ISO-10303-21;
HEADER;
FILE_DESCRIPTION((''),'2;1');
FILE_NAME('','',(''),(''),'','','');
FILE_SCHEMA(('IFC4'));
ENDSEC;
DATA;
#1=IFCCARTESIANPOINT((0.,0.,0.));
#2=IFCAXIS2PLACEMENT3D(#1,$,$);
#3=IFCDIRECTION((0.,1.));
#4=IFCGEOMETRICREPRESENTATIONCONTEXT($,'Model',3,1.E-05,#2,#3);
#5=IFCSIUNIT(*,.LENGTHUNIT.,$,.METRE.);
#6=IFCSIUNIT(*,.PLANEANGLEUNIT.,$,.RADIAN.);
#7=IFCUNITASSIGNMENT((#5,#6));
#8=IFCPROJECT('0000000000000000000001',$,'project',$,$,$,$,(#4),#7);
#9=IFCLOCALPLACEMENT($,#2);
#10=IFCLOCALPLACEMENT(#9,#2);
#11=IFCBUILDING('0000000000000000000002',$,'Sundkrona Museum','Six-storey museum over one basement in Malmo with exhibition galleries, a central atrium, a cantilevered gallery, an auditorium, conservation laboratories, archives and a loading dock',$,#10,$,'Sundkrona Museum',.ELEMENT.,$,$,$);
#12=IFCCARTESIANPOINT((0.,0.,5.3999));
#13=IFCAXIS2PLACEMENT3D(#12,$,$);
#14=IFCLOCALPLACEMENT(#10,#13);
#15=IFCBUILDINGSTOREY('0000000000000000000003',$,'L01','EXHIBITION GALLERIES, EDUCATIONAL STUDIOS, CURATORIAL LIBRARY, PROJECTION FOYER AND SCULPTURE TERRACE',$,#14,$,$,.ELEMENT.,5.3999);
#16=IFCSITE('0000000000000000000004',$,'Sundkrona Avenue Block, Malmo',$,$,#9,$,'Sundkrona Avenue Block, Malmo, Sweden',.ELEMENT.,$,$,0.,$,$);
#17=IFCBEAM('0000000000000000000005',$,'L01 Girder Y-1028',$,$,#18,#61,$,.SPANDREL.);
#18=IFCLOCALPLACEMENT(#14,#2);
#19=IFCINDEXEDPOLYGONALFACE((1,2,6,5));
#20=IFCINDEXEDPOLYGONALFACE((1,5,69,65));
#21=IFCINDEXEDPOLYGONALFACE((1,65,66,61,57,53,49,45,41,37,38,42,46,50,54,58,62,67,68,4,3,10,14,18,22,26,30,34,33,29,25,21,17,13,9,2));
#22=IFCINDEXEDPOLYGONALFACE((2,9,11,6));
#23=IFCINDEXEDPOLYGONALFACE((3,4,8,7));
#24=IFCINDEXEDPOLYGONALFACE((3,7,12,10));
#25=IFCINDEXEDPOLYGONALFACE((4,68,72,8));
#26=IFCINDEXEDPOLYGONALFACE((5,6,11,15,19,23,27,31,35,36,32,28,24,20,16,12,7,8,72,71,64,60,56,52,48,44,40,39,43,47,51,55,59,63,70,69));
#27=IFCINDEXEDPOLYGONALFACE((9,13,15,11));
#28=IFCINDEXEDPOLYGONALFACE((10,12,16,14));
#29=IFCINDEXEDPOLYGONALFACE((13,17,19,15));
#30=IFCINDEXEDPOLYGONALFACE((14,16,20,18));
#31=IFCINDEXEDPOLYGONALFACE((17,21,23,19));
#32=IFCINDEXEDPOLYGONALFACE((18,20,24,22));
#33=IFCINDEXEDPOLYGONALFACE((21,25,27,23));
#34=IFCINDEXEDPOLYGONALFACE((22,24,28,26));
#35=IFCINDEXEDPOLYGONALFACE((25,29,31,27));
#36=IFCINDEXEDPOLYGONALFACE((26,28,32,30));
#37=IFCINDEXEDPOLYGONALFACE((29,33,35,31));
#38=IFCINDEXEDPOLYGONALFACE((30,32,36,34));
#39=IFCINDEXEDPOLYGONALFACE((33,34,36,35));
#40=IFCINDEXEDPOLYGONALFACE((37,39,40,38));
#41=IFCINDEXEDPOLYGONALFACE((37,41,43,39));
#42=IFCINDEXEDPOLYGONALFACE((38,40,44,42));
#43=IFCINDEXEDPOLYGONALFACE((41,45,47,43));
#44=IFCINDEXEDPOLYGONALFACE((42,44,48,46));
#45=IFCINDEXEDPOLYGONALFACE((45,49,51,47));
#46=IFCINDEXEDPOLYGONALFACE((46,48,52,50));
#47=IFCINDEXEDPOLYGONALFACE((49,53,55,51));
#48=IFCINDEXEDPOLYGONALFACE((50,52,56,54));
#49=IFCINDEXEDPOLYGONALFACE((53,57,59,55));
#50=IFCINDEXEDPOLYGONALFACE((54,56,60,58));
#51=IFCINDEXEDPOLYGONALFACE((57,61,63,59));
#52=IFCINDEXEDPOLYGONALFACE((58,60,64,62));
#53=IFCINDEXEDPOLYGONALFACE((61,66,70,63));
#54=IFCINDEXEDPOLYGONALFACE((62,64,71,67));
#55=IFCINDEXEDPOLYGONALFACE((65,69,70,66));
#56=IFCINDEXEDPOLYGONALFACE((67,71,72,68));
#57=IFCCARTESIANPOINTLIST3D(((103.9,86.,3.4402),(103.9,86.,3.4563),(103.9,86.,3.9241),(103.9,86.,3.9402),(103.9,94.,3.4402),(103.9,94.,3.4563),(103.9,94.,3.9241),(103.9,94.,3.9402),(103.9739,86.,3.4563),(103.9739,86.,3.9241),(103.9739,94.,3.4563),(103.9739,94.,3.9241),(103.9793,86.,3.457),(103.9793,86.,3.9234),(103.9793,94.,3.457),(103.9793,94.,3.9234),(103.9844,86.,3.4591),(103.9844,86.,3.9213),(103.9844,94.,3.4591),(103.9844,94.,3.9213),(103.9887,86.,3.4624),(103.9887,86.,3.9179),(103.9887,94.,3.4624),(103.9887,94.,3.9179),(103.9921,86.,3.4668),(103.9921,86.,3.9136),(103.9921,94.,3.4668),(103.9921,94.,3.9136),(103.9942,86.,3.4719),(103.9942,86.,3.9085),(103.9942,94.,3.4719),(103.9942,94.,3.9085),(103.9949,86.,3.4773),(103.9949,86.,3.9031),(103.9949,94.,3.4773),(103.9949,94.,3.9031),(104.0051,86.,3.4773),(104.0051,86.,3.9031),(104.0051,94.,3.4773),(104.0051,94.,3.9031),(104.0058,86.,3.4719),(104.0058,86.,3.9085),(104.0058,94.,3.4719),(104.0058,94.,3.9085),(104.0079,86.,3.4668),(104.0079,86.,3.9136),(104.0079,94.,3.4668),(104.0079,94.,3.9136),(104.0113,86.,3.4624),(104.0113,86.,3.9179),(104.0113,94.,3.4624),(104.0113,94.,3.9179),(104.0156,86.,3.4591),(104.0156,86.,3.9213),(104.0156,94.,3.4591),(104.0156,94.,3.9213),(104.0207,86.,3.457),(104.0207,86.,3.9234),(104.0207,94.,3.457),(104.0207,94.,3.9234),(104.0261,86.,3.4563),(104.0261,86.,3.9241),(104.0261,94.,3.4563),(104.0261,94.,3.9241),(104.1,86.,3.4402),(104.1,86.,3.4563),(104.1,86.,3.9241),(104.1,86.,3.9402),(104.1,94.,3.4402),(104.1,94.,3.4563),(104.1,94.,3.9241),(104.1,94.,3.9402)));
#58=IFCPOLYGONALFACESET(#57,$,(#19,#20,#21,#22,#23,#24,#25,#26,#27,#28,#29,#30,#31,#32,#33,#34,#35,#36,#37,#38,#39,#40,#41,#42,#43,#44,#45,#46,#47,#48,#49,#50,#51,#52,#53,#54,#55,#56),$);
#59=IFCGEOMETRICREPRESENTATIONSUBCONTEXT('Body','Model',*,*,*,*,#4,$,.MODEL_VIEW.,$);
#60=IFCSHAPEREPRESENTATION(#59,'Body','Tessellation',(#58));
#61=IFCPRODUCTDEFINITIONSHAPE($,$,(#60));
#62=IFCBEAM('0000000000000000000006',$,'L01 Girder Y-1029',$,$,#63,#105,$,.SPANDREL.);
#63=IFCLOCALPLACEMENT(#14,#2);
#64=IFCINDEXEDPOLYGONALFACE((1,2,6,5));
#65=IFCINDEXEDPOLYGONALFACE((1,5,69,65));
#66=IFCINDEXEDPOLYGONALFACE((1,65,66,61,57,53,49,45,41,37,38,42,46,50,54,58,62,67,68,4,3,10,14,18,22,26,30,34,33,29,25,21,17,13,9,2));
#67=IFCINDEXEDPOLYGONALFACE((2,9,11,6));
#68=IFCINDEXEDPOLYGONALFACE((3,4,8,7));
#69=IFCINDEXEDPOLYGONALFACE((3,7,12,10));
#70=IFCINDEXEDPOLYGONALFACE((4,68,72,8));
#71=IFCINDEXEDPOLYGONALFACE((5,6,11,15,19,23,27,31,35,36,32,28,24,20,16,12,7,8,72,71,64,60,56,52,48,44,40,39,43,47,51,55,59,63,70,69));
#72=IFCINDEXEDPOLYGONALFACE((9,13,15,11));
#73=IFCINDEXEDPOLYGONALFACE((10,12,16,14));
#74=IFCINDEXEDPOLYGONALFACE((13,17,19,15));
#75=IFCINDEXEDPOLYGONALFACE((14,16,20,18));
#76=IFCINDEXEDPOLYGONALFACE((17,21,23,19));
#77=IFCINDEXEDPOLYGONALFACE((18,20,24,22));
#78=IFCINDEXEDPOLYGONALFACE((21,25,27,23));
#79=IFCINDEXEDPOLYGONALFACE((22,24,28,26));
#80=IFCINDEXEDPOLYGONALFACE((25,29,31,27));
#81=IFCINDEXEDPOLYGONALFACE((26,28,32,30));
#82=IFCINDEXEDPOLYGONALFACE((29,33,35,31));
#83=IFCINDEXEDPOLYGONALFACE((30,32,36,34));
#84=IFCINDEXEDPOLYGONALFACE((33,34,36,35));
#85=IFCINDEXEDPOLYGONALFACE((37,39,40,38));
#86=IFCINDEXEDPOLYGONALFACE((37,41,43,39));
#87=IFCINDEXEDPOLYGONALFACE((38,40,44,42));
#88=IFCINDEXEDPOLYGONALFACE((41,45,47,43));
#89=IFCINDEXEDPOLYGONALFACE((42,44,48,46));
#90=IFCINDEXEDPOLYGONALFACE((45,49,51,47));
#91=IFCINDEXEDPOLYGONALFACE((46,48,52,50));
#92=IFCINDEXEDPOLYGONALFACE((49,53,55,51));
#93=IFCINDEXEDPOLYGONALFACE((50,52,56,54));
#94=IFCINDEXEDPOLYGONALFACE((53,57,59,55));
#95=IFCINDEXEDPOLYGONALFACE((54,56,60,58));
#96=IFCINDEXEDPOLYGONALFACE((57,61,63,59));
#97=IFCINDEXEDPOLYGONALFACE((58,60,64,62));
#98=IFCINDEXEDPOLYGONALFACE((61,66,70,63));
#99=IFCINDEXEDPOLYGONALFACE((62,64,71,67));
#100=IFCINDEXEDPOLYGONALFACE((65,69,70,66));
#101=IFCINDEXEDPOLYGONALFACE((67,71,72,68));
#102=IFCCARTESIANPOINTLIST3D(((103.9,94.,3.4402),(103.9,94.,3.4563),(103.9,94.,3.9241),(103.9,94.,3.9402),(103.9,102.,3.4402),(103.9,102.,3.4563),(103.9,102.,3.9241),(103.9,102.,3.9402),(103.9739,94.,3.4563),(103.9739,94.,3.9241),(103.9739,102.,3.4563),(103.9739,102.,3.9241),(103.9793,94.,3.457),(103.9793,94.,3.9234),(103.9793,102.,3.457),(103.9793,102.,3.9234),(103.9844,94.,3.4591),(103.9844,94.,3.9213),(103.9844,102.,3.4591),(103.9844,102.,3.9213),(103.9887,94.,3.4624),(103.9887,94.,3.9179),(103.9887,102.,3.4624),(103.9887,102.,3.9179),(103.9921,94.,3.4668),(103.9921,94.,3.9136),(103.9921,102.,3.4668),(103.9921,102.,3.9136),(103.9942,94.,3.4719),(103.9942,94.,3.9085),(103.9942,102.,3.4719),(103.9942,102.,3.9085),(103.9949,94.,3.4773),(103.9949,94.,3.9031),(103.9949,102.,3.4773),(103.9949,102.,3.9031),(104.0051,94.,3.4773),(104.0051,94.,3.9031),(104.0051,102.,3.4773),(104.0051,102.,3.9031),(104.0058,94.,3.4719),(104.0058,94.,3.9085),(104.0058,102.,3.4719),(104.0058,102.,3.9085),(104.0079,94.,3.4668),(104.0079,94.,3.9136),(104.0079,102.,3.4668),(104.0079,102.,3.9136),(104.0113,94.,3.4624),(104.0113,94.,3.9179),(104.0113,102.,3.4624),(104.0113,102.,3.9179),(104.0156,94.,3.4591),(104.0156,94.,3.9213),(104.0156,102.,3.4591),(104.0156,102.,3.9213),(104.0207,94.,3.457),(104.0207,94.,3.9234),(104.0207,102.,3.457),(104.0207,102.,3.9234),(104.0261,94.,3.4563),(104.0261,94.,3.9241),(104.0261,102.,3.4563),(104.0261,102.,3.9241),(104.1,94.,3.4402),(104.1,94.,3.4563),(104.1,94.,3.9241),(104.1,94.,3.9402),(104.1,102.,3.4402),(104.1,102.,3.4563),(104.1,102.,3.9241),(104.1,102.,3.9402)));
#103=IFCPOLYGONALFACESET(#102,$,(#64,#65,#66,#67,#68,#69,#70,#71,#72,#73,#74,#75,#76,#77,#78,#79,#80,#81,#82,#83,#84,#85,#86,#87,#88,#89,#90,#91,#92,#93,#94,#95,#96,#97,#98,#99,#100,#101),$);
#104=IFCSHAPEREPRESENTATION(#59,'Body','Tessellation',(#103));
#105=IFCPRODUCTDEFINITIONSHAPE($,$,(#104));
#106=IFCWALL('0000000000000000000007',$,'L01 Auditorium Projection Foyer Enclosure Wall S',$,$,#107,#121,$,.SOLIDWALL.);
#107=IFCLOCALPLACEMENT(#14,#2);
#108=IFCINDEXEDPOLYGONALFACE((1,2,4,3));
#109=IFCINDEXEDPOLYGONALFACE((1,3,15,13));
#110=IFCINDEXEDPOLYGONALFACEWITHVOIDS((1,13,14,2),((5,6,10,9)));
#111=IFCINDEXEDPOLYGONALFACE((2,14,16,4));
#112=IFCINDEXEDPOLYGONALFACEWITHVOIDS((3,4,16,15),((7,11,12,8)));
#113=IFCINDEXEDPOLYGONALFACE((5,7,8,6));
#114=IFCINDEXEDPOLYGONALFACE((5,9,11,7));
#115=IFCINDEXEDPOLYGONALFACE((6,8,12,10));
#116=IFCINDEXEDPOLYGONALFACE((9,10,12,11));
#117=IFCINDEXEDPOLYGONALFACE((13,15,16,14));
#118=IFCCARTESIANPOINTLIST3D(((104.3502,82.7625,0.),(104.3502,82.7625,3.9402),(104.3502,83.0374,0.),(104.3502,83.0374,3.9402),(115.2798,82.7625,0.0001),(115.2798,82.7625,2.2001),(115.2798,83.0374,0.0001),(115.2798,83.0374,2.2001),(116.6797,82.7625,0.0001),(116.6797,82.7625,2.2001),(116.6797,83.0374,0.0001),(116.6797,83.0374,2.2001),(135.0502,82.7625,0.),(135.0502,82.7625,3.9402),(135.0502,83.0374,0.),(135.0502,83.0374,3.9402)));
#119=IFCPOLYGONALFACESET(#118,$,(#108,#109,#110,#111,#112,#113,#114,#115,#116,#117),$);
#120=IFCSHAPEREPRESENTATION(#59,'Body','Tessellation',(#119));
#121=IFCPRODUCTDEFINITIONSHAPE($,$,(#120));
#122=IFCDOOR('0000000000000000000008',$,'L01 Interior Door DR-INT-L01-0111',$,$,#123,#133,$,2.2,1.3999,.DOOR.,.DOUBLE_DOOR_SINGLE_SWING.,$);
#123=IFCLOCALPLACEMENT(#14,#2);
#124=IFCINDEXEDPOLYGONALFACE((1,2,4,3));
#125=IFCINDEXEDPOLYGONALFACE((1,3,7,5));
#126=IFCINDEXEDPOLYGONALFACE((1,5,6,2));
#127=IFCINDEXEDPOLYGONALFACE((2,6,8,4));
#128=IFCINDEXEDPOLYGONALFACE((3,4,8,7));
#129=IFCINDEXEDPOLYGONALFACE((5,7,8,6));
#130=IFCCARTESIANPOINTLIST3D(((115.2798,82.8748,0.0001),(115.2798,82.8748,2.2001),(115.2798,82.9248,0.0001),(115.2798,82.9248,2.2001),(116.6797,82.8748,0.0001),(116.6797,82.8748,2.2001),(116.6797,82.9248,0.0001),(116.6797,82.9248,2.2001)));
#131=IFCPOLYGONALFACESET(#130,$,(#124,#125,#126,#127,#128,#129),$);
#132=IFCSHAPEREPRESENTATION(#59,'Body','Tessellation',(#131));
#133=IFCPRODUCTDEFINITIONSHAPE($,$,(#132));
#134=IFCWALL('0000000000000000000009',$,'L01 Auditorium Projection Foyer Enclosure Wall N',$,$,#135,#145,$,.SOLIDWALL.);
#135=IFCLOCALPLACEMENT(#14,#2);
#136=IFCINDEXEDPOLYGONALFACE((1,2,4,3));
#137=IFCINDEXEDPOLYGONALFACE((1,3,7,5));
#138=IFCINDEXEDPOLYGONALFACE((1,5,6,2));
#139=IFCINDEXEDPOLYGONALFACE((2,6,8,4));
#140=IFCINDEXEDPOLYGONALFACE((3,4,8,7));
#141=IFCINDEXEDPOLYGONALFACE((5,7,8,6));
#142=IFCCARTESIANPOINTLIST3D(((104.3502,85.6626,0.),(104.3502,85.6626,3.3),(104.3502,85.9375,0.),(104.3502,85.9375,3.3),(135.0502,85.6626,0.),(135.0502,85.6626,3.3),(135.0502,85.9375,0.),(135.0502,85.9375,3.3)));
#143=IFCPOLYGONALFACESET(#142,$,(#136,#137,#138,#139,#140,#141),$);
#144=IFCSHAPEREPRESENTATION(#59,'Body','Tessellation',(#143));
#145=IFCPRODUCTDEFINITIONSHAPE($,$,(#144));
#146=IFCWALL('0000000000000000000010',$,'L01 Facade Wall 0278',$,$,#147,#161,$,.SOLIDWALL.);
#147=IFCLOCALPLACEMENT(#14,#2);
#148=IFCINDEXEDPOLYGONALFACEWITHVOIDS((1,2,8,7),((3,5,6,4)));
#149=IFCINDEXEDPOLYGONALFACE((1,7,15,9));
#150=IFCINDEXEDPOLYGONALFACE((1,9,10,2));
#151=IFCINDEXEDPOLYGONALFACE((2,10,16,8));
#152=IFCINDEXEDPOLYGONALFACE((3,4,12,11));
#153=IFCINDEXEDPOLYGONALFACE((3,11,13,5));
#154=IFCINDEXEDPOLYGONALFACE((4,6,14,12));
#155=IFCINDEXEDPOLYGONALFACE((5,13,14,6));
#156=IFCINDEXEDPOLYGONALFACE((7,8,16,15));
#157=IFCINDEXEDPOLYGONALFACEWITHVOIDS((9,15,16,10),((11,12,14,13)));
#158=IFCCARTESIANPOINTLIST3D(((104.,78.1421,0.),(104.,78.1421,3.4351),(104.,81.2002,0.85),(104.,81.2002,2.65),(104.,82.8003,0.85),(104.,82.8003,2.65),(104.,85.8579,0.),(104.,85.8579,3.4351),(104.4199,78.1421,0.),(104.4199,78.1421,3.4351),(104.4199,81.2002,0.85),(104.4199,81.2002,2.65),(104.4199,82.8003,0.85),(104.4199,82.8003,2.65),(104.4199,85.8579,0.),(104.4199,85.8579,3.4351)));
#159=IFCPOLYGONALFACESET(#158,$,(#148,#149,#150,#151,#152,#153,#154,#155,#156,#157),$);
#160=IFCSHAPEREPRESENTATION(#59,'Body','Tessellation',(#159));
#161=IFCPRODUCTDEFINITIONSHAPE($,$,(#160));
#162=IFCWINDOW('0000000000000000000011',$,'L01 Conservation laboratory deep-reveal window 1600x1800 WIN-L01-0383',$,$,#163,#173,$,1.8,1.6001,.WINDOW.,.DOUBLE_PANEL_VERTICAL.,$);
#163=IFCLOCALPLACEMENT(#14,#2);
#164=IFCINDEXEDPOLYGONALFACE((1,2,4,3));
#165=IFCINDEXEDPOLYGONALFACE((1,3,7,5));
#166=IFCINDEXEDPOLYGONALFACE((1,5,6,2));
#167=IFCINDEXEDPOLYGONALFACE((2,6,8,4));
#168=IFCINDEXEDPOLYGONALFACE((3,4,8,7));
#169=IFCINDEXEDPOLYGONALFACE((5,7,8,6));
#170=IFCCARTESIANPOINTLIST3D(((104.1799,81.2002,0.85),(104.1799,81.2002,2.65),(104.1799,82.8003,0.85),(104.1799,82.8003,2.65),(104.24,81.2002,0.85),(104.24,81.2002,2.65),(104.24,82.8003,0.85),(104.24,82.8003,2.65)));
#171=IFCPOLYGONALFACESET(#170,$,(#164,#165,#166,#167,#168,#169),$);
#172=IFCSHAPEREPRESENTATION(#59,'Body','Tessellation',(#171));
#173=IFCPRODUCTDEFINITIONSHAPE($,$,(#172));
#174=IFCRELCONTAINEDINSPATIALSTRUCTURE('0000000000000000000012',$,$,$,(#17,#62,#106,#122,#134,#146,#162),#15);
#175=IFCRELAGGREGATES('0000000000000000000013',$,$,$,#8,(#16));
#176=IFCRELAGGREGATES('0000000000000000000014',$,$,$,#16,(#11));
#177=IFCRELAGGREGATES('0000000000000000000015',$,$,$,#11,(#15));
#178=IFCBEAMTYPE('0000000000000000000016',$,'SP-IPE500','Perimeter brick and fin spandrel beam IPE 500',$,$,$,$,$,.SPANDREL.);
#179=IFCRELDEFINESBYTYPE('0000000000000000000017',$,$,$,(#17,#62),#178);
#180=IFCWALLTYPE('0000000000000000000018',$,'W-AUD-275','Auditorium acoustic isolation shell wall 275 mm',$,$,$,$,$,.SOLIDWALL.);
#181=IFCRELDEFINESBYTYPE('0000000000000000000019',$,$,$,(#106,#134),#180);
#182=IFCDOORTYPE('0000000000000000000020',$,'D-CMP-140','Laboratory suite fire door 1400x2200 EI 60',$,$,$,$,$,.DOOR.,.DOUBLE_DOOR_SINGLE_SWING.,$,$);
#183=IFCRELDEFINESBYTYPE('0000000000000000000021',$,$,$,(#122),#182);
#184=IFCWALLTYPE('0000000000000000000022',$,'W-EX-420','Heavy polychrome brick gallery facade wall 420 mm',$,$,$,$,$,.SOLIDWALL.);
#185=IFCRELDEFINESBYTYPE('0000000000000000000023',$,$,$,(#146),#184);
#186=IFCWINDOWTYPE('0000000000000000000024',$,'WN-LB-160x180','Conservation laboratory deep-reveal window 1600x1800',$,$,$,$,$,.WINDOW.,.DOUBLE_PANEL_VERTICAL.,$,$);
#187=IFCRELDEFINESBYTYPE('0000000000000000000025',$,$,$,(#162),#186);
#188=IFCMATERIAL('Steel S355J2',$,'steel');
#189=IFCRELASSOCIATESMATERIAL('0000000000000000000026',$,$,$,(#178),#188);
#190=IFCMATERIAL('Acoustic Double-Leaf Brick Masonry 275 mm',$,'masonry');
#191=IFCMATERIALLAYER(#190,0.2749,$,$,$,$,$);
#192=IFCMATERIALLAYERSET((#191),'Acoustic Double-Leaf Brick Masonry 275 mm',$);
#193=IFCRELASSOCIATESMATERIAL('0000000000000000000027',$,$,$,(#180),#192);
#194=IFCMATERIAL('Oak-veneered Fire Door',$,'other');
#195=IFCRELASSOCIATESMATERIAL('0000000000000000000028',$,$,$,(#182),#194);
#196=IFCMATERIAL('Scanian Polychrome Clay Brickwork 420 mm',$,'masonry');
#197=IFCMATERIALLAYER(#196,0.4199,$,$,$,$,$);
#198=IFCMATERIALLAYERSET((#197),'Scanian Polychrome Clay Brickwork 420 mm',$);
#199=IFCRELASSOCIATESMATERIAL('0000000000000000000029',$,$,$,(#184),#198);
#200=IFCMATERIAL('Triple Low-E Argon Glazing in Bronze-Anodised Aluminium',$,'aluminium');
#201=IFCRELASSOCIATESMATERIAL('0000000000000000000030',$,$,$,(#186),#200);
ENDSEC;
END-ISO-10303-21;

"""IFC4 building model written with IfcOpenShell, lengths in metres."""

from ifc_helpers import new_model, si_unit, direction, frame, frame_2d, origin, origin_2d, place, context, subcontext, project, spatial, rectangle, i_section, extrude, material, layer, layer_set, material_profile, profile_set, type_object, element, fill, save


model = new_model("IFC4")

# Units and contexts
model_context = context("Model", 3, precision=1e-05, world=origin(), true_north=direction((0.0, 1.0)))
body_context = subcontext(model_context, "Body", "Model", "MODEL_VIEW")
ifc_project = project(units=[si_unit("LENGTHUNIT", "METRE"), si_unit("PLANEANGLEUNIT", "RADIAN")], contexts=[model_context])

# Site, building, storey
site_placement = place(None, origin())
site = spatial("IfcSite", under=ifc_project, at=site_placement, Name="Sundkrona Avenue Block, Malmo", LongName="Sundkrona Avenue Block, Malmo, Sweden", CompositionType="ELEMENT", RefElevation=0.0)
building_placement = place(site_placement, origin())
building = spatial("IfcBuilding", under=site, at=building_placement, Name="Sundkrona Museum", Description="Six-storey museum over one basement in Malmo with exhibition galleries, a central atrium, a cantilevered gallery, an auditorium, conservation laboratories, archives and a loading dock", LongName="Sundkrona Museum", CompositionType="ELEMENT")
storey_placement = place(building_placement, frame((0.0, 0.0, 5.3999)))
storey = spatial("IfcBuildingStorey", under=building, at=storey_placement, Name="L01", Description="EXHIBITION GALLERIES, EDUCATIONAL STUDIOS, CURATORIAL LIBRARY, PROJECTION FOYER AND SCULPTURE TERRACE", CompositionType="ELEMENT", Elevation=5.3999)

# Shared definitions
ifc_material_1 = material(Name="Steel S355J2", Category="steel")

# Beams
ifc_material_profile_1 = material_profile(ifc_material_1, i_section(OverallWidth=0.2, OverallDepth=0.5, WebThickness=0.0103, FlangeThickness=0.0161, FilletRadius=0.021, at=origin_2d()), Name="IPE 500")
ifc_profile_set_1 = profile_set([ifc_material_profile_1], Name="Steel S355J2")
beam_type_1 = type_object("IfcBeamType", Name="SP-IPE500", Description="Perimeter brick and fin spandrel beam IPE 500", PredefinedType="SPANDREL", material=ifc_profile_set_1)
for number, where, z_axis, x_axis, name in (
    (1, (104.0, 86.0, 3.6902), (0.0, 1.0, 0.0), (-1.0, 0.0, 0.0), "L01 Girder Y-1028"),
    (2, (104.0, 94.0, 3.6902), (0.0, 1.0, 0.0), (-1.0, 0.0, 0.0), "L01 Girder Y-1029"),
):
    element("IfcBeam", number, at=place(storey_placement, frame(where, z_axis=z_axis, x_axis=x_axis)), inside=storey, type_object=beam_type_1, Name=name, PredefinedType="SPANDREL", context=body_context, shape_type="SweptSolid", body=[
        extrude(i_section(OverallWidth=0.2, OverallDepth=0.5, WebThickness=0.0103, FlangeThickness=0.0161, FilletRadius=0.021, at=origin_2d()), origin(), (0.0, 0.0, 1.0), 8.0),
    ])

# Wall, opening, door
ifc_material_2 = material(Name="Acoustic Double-Leaf Brick Masonry 275 mm", Category="masonry")
ifc_layer_1 = layer(ifc_material_2, 0.2749)
ifc_layer_set_1 = layer_set([ifc_layer_1], Name="Acoustic Double-Leaf Brick Masonry 275 mm")
wall_type_1 = type_object("IfcWallType", Name="W-AUD-275", Description="Auditorium acoustic isolation shell wall 275 mm", PredefinedType="SOLIDWALL", material=ifc_layer_set_1)
wall_1_placement = place(storey_placement, frame((104.3501, 82.8999, 0.0), z_axis=(0.0, 0.0, 1.0), x_axis=(1.0, 0.0, 0.0)))
wall_1 = element("IfcWall", 3, at=wall_1_placement, inside=storey, type_object=wall_type_1, Name="L01 Auditorium Projection Foyer Enclosure Wall S", PredefinedType="SOLIDWALL", context=body_context, shape_type="SweptSolid", body=[
    extrude(rectangle(XDim=30.7, YDim=0.2749, at=frame_2d((15.3501, 0.0))), origin(), (0.0, 0.0, 1.0), 3.9402),
])
opening_1_placement = place(wall_1_placement, frame((10.9297, 0.0, 0.0)))
opening_1 = element("IfcOpeningElement", 4, at=opening_1_placement, cuts=wall_1, PredefinedType="OPENING", context=body_context, shape_type="SweptSolid", body=[
    extrude(rectangle(XDim=1.3999, YDim=2.2, at=frame_2d((0.7, 1.1001))), frame((0.0, 0.1475, 0.0), z_axis=(0.0, -1.0, 0.0), x_axis=(1.0, 0.0, 0.0)), (0.0, 0.0, 1.0), 0.2949),
])
ifc_material_3 = material(Name="Oak-veneered Fire Door", Category="other")
door_type = type_object("IfcDoorType", Name="D-CMP-140", Description="Laboratory suite fire door 1400x2200 EI 60", OperationType="DOUBLE_DOOR_SINGLE_SWING", PredefinedType="DOOR", material=ifc_material_3)
door_placement = place(opening_1_placement, origin())
door = element("IfcDoor", 5, at=door_placement, inside=storey, type_object=door_type, Name="L01 Interior Door DR-INT-L01-0111", OperationType="DOUBLE_DOOR_SINGLE_SWING", OverallHeight=2.2, OverallWidth=1.3999, PredefinedType="DOOR", context=body_context, shape_type="SweptSolid", body=[
    extrude(rectangle(XDim=1.3999, YDim=2.2, at=frame_2d((0.7, 1.1001))), frame((0.0, 0.0249, 0.0), z_axis=(0.0, -1.0, 0.0), x_axis=(1.0, 0.0, 0.0)), (0.0, 0.0, 1.0), 0.05),
])
fill(opening_1, door)

# Wall
wall_2_placement = place(storey_placement, frame((104.3501, 85.8, 0.0), z_axis=(0.0, 0.0, 1.0), x_axis=(1.0, 0.0, 0.0)))
element("IfcWall", 6, at=wall_2_placement, inside=storey, type_object=wall_type_1, Name="L01 Auditorium Projection Foyer Enclosure Wall N", PredefinedType="SOLIDWALL", context=body_context, shape_type="SweptSolid", body=[
    extrude(rectangle(XDim=30.7, YDim=0.2749, at=frame_2d((15.3501, 0.0))), origin(), (0.0, 0.0, 1.0), 3.3),
])

# Wall, opening, window
ifc_material_4 = material(Name="Scanian Polychrome Clay Brickwork 420 mm", Category="masonry")
ifc_layer_2 = layer(ifc_material_4, 0.4199)
ifc_layer_set_2 = layer_set([ifc_layer_2], Name="Scanian Polychrome Clay Brickwork 420 mm")
wall_type_2 = type_object("IfcWallType", Name="W-EX-420", Description="Heavy polychrome brick gallery facade wall 420 mm", PredefinedType="SOLIDWALL", material=ifc_layer_set_2)
wall_3_placement = place(storey_placement, frame((104.21, 78.1421, 0.0), z_axis=(0.0, 0.0, 1.0), x_axis=(0.0, 1.0, 0.0)))
wall_3 = element("IfcWall", 7, at=wall_3_placement, inside=storey, type_object=wall_type_2, Name="L01 Facade Wall 0278", PredefinedType="SOLIDWALL", context=body_context, shape_type="SweptSolid", body=[
    extrude(rectangle(XDim=7.7158, YDim=0.4199, at=frame_2d((3.8579, 0.0))), origin(), (0.0, 0.0, 1.0), 3.4351),
])
opening_2_placement = place(wall_3_placement, frame((3.0581, 0.0, 0.8501)))
opening_2 = element("IfcOpeningElement", 8, at=opening_2_placement, cuts=wall_3, PredefinedType="OPENING", context=body_context, shape_type="SweptSolid", body=[
    extrude(rectangle(XDim=1.6001, YDim=1.8, at=frame_2d((0.8, 0.8999))), frame((0.0, 0.22, 0.0), z_axis=(0.0, -1.0, 0.0), x_axis=(1.0, 0.0, 0.0)), (0.0, 0.0, 1.0), 0.4399),
])
ifc_material_5 = material(Name="Triple Low-E Argon Glazing in Bronze-Anodised Aluminium", Category="aluminium")
window_type = type_object("IfcWindowType", Name="WN-LB-160x180", Description="Conservation laboratory deep-reveal window 1600x1800", PartitioningType="DOUBLE_PANEL_VERTICAL", PredefinedType="WINDOW", material=ifc_material_5)
window_1_placement = place(opening_2_placement, origin())
window_1 = element("IfcWindow", 9, at=window_1_placement, inside=storey, type_object=window_type, Name="L01 Conservation laboratory deep-reveal window 1600x1800 WIN-L01-0383", OverallHeight=1.8, OverallWidth=1.6001, PartitioningType="DOUBLE_PANEL_VERTICAL", PredefinedType="WINDOW", context=body_context, shape_type="SweptSolid", body=[
    extrude(rectangle(XDim=1.6001, YDim=1.8, at=frame_2d((0.8, 0.8999))), frame((0.0, 0.03, 0.0), z_axis=(0.0, -1.0, 0.0), x_axis=(1.0, 0.0, 0.0)), (0.0, 0.0, 1.0), 0.0601),
])
fill(opening_2, window_1)

save(model, "model.ifc")
